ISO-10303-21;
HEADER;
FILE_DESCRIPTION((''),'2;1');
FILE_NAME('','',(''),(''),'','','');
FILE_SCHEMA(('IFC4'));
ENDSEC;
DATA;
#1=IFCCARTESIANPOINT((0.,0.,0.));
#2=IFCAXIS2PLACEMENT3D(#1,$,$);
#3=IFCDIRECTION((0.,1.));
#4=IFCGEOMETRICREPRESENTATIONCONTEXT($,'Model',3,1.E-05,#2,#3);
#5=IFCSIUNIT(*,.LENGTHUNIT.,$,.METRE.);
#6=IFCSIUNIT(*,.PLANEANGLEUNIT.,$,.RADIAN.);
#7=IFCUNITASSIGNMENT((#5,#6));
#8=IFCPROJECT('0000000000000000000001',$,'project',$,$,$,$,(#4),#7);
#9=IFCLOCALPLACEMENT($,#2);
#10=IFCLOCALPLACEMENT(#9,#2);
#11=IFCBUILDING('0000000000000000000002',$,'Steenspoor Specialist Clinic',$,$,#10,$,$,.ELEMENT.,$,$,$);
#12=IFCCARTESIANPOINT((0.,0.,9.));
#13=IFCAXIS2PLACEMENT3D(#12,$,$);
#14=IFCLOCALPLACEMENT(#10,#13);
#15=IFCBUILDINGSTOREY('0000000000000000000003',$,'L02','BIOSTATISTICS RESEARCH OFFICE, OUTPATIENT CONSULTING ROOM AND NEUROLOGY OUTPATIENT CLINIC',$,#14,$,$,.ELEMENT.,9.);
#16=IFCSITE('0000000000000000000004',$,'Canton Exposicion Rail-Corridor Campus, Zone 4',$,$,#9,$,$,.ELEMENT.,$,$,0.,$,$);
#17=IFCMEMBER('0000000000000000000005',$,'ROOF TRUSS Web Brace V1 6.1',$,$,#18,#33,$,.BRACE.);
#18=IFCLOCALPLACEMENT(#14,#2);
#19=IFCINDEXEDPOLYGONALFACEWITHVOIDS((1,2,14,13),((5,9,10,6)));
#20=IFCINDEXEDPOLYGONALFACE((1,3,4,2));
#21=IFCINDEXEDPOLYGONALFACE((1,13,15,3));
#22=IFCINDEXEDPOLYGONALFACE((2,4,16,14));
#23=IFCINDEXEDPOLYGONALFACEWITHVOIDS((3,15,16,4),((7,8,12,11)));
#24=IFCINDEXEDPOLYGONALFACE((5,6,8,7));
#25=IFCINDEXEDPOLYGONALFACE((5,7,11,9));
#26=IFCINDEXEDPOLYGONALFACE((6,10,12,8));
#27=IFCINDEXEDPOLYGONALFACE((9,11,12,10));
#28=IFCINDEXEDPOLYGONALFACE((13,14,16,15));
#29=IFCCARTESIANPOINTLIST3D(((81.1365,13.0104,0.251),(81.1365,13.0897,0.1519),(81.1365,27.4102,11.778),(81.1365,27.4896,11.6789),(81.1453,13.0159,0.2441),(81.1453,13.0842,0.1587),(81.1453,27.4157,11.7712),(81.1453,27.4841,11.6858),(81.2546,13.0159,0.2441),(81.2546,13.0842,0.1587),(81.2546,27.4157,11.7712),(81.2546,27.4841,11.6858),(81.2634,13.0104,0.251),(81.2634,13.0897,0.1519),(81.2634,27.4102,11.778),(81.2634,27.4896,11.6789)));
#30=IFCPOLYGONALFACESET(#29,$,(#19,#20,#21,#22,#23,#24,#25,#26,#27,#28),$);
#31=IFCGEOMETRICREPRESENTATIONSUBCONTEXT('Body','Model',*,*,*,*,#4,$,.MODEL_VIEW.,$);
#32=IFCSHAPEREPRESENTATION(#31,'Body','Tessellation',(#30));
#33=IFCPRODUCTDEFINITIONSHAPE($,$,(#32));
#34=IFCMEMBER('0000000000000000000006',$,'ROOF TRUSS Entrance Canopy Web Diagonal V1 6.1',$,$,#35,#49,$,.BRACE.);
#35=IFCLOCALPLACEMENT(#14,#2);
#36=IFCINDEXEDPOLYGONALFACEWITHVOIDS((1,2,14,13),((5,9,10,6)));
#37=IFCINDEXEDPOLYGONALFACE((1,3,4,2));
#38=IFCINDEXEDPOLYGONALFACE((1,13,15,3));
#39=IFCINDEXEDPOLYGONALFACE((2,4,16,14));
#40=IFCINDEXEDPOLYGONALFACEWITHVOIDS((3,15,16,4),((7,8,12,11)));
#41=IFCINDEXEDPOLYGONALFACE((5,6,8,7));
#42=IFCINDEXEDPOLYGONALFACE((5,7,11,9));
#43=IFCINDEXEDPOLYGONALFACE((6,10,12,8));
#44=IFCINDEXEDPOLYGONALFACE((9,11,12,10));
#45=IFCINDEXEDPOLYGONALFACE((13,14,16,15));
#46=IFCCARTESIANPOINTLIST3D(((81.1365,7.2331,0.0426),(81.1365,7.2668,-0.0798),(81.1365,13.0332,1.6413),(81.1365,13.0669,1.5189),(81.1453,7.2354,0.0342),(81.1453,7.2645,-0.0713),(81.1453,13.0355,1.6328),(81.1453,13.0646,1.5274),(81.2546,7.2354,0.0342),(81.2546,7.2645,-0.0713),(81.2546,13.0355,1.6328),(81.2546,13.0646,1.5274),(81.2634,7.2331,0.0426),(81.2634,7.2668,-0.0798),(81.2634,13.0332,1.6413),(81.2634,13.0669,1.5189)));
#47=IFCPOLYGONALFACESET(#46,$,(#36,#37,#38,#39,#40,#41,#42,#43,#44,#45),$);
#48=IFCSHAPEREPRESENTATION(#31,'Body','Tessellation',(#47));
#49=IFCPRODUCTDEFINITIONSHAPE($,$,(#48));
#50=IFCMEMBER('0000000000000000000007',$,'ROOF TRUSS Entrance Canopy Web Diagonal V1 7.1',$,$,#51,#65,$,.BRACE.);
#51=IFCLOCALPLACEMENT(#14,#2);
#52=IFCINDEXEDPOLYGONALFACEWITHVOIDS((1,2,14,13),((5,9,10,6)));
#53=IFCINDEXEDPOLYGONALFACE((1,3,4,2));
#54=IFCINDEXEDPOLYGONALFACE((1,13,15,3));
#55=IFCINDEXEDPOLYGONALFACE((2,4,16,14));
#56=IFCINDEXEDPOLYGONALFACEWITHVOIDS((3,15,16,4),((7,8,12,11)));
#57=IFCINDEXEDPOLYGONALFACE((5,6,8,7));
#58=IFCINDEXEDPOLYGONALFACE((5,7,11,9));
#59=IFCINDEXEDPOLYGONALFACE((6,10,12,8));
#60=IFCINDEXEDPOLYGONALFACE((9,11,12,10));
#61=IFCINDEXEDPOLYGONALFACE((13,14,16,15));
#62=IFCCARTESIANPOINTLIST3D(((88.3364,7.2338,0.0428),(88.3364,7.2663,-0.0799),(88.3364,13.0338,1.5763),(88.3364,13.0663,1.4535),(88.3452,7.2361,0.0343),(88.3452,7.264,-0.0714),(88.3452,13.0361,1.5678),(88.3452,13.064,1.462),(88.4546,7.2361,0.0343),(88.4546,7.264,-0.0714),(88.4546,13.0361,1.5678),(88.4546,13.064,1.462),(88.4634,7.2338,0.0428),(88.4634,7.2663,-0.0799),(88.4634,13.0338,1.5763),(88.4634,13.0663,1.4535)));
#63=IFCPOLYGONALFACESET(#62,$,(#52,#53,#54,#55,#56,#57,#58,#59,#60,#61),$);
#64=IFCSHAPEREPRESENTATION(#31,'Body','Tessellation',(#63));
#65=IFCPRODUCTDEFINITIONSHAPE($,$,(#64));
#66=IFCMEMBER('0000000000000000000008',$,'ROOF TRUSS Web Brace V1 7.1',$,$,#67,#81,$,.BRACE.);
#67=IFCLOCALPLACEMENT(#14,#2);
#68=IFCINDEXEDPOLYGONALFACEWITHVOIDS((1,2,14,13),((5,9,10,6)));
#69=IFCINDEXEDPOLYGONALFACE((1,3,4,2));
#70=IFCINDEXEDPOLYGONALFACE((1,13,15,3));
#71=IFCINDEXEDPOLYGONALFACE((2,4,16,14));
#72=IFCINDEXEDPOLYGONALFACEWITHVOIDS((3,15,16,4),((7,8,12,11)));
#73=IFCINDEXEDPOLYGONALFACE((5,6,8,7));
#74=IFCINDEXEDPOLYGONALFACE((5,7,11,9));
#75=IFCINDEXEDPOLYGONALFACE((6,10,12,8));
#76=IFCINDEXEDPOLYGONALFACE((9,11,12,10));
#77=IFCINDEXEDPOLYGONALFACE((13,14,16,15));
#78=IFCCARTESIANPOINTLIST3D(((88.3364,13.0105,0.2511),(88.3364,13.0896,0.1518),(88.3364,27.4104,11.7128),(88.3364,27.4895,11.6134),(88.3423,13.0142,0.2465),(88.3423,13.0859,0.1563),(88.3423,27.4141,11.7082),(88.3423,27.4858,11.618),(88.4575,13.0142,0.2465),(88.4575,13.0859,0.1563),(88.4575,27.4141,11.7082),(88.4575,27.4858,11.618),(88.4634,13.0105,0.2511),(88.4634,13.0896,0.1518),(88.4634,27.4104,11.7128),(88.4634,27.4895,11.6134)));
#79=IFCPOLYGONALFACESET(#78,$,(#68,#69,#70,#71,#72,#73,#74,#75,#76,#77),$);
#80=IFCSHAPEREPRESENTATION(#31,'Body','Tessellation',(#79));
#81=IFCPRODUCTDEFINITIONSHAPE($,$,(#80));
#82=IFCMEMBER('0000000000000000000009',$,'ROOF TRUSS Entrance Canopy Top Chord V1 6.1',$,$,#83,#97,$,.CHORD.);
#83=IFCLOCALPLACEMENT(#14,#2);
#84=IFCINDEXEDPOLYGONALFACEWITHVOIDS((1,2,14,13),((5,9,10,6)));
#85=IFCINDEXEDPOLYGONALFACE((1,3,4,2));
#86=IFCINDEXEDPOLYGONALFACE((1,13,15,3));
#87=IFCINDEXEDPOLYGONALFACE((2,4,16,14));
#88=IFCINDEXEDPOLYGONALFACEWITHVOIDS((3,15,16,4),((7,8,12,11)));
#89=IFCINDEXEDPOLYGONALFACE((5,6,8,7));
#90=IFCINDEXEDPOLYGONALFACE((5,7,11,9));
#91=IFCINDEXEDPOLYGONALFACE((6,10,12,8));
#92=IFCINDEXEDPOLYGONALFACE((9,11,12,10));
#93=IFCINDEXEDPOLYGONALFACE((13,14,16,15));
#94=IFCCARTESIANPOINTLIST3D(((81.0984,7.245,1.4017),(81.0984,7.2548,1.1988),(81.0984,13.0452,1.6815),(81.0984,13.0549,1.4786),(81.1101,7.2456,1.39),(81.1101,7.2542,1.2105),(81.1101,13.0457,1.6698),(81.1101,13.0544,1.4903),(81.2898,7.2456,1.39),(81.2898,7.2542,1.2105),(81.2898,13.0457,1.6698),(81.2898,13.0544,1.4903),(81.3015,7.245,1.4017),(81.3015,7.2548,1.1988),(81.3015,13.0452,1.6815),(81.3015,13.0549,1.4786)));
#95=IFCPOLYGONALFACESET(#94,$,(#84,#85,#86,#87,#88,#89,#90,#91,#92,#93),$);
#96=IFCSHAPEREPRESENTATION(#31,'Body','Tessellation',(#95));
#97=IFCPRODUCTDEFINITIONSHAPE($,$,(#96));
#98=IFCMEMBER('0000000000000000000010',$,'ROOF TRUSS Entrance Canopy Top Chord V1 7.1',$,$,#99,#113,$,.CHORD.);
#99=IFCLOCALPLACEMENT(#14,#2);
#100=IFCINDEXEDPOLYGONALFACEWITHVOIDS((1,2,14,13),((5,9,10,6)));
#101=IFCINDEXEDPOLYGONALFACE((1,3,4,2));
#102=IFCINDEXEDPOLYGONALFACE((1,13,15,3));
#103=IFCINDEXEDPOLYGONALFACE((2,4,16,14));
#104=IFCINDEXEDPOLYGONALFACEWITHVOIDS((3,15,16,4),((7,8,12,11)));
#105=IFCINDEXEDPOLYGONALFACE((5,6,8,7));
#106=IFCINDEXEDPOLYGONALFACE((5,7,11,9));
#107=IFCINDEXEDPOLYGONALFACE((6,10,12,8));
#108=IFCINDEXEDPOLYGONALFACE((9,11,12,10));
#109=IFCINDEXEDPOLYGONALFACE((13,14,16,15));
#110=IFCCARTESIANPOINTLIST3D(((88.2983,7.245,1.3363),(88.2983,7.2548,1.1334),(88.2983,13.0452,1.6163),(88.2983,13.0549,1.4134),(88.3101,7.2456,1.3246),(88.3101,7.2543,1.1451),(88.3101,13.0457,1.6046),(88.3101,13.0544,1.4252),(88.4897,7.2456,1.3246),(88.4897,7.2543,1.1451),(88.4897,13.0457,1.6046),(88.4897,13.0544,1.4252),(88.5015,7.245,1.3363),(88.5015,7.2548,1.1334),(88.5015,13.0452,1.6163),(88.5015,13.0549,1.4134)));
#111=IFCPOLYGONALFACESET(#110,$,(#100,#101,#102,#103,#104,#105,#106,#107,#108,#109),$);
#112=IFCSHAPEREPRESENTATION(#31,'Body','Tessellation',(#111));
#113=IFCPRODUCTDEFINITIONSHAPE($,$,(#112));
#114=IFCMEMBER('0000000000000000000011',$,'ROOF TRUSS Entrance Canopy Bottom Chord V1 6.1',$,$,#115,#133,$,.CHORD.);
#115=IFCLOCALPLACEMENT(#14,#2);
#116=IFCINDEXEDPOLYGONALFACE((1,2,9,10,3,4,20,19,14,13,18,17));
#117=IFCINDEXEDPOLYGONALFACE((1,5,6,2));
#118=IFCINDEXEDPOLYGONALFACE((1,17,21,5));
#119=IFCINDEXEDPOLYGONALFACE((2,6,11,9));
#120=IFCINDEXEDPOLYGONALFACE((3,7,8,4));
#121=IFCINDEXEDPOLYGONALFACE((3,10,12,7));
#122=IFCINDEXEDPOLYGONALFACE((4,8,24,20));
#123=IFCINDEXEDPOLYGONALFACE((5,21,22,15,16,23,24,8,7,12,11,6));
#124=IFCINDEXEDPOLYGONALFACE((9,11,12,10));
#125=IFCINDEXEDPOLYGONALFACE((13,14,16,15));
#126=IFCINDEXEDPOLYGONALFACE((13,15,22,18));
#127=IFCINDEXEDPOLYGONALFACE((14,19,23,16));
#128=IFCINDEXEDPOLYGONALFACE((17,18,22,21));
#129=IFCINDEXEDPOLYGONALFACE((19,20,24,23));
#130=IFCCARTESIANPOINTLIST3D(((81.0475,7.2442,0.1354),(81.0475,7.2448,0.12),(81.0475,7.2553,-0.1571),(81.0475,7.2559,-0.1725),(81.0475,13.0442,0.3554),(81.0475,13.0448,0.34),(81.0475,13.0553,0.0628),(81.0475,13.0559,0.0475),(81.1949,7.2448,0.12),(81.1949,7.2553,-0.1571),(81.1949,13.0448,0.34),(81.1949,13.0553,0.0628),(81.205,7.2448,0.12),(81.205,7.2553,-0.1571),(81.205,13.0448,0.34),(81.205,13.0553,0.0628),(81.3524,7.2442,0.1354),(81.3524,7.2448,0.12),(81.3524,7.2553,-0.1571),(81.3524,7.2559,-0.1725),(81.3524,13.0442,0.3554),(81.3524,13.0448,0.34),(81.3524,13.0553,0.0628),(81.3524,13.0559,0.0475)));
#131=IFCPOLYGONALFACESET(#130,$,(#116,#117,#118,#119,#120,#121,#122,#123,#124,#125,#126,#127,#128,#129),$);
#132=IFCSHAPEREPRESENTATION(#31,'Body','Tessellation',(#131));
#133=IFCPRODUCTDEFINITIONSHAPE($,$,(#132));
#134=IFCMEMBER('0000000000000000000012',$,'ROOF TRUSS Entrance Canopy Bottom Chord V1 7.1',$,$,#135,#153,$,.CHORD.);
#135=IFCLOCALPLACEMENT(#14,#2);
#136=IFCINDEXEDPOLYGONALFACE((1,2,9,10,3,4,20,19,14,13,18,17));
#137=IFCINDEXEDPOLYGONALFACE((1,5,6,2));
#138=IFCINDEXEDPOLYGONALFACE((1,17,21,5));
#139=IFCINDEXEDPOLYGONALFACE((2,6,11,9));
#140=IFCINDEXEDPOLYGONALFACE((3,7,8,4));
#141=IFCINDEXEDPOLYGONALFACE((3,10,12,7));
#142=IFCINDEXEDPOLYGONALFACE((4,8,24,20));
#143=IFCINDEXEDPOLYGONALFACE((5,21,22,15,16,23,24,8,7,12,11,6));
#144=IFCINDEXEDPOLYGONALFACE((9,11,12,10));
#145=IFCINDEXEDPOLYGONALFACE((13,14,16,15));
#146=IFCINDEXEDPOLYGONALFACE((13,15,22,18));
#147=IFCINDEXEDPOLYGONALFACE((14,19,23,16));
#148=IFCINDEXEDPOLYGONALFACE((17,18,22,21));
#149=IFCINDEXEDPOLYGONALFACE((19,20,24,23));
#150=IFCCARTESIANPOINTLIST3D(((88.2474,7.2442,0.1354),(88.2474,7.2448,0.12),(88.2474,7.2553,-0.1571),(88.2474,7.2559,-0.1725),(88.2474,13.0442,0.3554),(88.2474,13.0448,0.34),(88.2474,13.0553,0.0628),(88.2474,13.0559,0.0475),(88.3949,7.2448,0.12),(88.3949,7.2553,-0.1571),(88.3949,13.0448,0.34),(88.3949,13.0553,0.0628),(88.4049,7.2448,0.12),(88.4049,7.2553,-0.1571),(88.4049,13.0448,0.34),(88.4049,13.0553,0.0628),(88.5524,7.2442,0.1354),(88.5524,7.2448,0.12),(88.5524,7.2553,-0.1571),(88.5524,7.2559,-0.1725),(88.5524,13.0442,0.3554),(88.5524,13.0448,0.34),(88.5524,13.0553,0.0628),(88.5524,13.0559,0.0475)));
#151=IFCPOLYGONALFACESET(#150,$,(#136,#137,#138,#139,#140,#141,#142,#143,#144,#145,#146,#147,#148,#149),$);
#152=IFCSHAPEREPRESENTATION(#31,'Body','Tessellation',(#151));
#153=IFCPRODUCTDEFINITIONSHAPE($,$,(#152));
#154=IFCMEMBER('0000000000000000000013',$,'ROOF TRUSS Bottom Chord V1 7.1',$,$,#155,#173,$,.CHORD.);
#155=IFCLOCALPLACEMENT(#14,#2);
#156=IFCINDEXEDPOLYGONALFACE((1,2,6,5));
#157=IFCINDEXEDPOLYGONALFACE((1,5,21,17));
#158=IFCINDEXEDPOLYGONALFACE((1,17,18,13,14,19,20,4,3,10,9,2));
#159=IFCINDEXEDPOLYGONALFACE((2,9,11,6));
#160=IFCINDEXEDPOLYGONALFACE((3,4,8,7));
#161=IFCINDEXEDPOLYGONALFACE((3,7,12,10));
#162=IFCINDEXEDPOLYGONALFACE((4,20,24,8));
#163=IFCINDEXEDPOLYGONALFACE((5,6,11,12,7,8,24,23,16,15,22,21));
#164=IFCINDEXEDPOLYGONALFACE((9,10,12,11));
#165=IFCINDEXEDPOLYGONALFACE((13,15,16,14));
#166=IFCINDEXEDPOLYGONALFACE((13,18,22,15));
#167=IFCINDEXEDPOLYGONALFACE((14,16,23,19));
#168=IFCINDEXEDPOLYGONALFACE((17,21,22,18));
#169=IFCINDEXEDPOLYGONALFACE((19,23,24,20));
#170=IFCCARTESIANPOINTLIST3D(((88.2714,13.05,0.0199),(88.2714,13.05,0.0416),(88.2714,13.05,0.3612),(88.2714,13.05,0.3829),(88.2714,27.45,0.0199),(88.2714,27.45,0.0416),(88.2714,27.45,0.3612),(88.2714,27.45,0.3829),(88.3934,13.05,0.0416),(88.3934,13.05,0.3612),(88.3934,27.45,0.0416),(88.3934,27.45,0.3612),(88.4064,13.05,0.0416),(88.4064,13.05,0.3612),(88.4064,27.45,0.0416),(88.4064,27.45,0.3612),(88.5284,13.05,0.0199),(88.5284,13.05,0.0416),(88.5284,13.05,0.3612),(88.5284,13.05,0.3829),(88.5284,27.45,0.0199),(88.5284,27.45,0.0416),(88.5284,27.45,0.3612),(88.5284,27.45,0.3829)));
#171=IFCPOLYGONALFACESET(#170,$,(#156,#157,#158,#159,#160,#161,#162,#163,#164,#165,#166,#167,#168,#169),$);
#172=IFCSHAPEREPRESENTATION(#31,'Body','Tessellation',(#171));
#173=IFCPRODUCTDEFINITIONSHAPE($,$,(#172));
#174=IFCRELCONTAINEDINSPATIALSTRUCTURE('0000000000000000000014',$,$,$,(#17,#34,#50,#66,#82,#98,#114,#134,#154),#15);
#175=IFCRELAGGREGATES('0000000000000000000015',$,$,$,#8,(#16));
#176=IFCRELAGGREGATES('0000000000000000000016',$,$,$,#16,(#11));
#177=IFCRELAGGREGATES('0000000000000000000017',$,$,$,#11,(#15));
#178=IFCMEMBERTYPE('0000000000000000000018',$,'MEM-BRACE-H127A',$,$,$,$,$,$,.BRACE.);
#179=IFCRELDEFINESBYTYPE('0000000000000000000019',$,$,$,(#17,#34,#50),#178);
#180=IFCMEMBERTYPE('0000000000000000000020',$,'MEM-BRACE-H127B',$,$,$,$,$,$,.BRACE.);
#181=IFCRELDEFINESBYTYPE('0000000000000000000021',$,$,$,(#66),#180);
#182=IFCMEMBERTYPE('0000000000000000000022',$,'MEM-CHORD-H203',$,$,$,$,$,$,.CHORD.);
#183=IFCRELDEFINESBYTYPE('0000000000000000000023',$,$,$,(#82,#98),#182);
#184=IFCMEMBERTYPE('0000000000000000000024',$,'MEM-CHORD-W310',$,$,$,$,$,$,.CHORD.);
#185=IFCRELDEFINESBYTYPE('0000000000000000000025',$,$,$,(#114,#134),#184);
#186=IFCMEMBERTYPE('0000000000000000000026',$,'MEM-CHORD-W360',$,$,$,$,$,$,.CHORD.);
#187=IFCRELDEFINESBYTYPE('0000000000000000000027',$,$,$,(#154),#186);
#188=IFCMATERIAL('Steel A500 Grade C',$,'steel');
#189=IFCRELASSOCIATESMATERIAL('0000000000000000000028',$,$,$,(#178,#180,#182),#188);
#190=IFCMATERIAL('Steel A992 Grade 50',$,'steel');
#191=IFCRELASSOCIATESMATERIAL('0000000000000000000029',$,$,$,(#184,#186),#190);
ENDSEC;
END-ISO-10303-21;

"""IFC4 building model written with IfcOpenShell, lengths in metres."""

from ifc_helpers import new_model, si_unit, direction, frame, origin, origin_2d, place, context, subcontext, project, spatial, hollow_rectangle, i_section, extrude, material, material_profile, profile_set, type_object, element, save


model = new_model("IFC4")

# Units and contexts
model_context = context("Model", 3, precision=1e-05, world=origin(), true_north=direction((0.0, 1.0)))
body_context = subcontext(model_context, "Body", "Model", "MODEL_VIEW")
ifc_project = project(units=[si_unit("LENGTHUNIT", "METRE"), si_unit("PLANEANGLEUNIT", "RADIAN")], contexts=[model_context])

# Site, building, storey
site_placement = place(None, origin())
site = spatial("IfcSite", under=ifc_project, at=site_placement, Name="Canton Exposicion Rail-Corridor Campus, Zone 4", CompositionType="ELEMENT", RefElevation=0.0)
building_placement = place(site_placement, origin())
building = spatial("IfcBuilding", under=site, at=building_placement, Name="Steenspoor Specialist Clinic", CompositionType="ELEMENT")
storey_placement = place(building_placement, frame((0.0, 0.0, 9.0)))
storey = spatial("IfcBuildingStorey", under=building, at=storey_placement, Name="L02", Description="BIOSTATISTICS RESEARCH OFFICE, OUTPATIENT CONSULTING ROOM AND NEUROLOGY OUTPATIENT CLINIC", CompositionType="ELEMENT", Elevation=9.0)

# Members
ifc_material_1 = material(Name="Steel A500 Grade C", Category="steel")
ifc_material_profile_1 = material_profile(ifc_material_1, hollow_rectangle(XDim=0.127, YDim=0.127, WallThickness=0.0088, at=origin_2d()), Name="HSS127X127X9.5")
ifc_profile_set_1 = profile_set([ifc_material_profile_1], Name="Steel A500 Grade C")
member_type_1 = type_object("IfcMemberType", Name="MEM-BRACE-H127A", PredefinedType="BRACE", material=ifc_profile_set_1)
member_1_placement = place(storey_placement, frame((81.2, 13.05, 0.2014), z_axis=(0.0, 0.780679, 0.624932), x_axis=(-1.0, 0.0, 0.0)))
element("IfcMember", 1, at=member_1_placement, inside=storey, type_object=member_type_1, Name="ROOF TRUSS Web Brace V1 6.1", PredefinedType="BRACE", context=body_context, shape_type="SweptSolid", body=[
    extrude(hollow_rectangle(XDim=0.127, YDim=0.127, WallThickness=0.0088, at=origin_2d()), origin(), (0.0, 0.0, 1.0), 18.4453),
])
member_2_placement = place(storey_placement, frame((81.2, 13.05, 1.5801), z_axis=(0.0, -0.964051, -0.265716), x_axis=(1.0, 0.0, 0.0)))
element("IfcMember", 2, at=member_2_placement, inside=storey, type_object=member_type_1, Name="ROOF TRUSS Entrance Canopy Web Diagonal V1 6.1", PredefinedType="BRACE", context=body_context, shape_type="SweptSolid", body=[
    extrude(hollow_rectangle(XDim=0.127, YDim=0.127, WallThickness=0.0088, at=origin_2d()), origin(), (0.0, 0.0, 1.0), 6.0164),
])
member_3_placement = place(storey_placement, frame((88.3999, 13.05, 1.5149), z_axis=(0.0, -0.966782, -0.255603), x_axis=(1.0, 0.0, 0.0)))
element("IfcMember", 3, at=member_3_placement, inside=storey, type_object=member_type_1, Name="ROOF TRUSS Entrance Canopy Web Diagonal V1 7.1", PredefinedType="BRACE", context=body_context, shape_type="SweptSolid", body=[
    extrude(hollow_rectangle(XDim=0.127, YDim=0.127, WallThickness=0.0088, at=origin_2d()), origin(), (0.0, 0.0, 1.0), 5.9993),
])
ifc_material_profile_2 = material_profile(ifc_material_1, hollow_rectangle(XDim=0.127, YDim=0.127, WallThickness=0.0059, at=origin_2d()), Name="HSS127X127X6.4")
ifc_profile_set_2 = profile_set([ifc_material_profile_2], Name="Steel A500 Grade C")
member_type_2 = type_object("IfcMemberType", Name="MEM-BRACE-H127B", PredefinedType="BRACE", material=ifc_profile_set_2)
member_4_placement = place(storey_placement, frame((88.3999, 13.05, 0.2014), z_axis=(0.0, 0.78241, 0.622763), x_axis=(-1.0, 0.0, 0.0)))
element("IfcMember", 4, at=member_4_placement, inside=storey, type_object=member_type_2, Name="ROOF TRUSS Web Brace V1 7.1", PredefinedType="BRACE", context=body_context, shape_type="SweptSolid", body=[
    extrude(hollow_rectangle(XDim=0.127, YDim=0.127, WallThickness=0.0059, at=origin_2d()), origin(), (0.0, 0.0, 1.0), 18.4045),
])
ifc_material_profile_3 = material_profile(ifc_material_1, hollow_rectangle(XDim=0.2031, YDim=0.2031, WallThickness=0.0117, at=origin_2d()), Name="HSS203X203X12.7")
ifc_profile_set_3 = profile_set([ifc_material_profile_3], Name="Steel A500 Grade C")
member_type_3 = type_object("IfcMemberType", Name="MEM-CHORD-H203", PredefinedType="CHORD", material=ifc_profile_set_3)
for number, where, z_axis, x_axis, name in (
    (5, (81.2, 13.05, 1.5801), (0.0, -0.998839, -0.048182), (1.0, 0.0, 0.0), "ROOF TRUSS Entrance Canopy Top Chord V1 6.1"),
    (6, (88.3999, 13.05, 1.5149), (0.0, -0.998837, -0.048224), (1.0, 0.0, 0.0), "ROOF TRUSS Entrance Canopy Top Chord V1 7.1"),
):
    element("IfcMember", number, at=place(storey_placement, frame(where, z_axis=z_axis, x_axis=x_axis)), inside=storey, type_object=member_type_3, Name=name, PredefinedType="CHORD", context=body_context, shape_type="SweptSolid", body=[
        extrude(hollow_rectangle(XDim=0.2031, YDim=0.2031, WallThickness=0.0117, at=origin_2d()), origin(), (0.0, 0.0, 1.0), 5.8069),
    ])
ifc_material_2 = material(Name="Steel A992 Grade 50", Category="steel")
ifc_material_profile_4 = material_profile(ifc_material_2, i_section(OverallWidth=0.3049, OverallDepth=0.3081, WebThickness=0.01, FlangeThickness=0.0154, at=origin_2d()), Name="W310X97")
ifc_profile_set_4 = profile_set([ifc_material_profile_4], Name="Steel A992 Grade 50")
member_type_4 = type_object("IfcMemberType", Name="MEM-CHORD-W310", PredefinedType="CHORD", material=ifc_profile_set_4)
for number, where, z_axis, x_axis, name in (
    (7, (81.2, 13.05, 0.2014), (0.0, -0.999282, -0.037898), (1.0, 0.0, 0.0), "ROOF TRUSS Entrance Canopy Bottom Chord V1 6.1"),
    (8, (88.3999, 13.05, 0.2014), (0.0, -0.999282, -0.037898), (1.0, 0.0, 0.0), "ROOF TRUSS Entrance Canopy Bottom Chord V1 7.1"),
):
    element("IfcMember", number, at=place(storey_placement, frame(where, z_axis=z_axis, x_axis=x_axis)), inside=storey, type_object=member_type_4, Name=name, PredefinedType="CHORD", context=body_context, shape_type="SweptSolid", body=[
        extrude(i_section(OverallWidth=0.3049, OverallDepth=0.3081, WebThickness=0.01, FlangeThickness=0.0154, at=origin_2d()), origin(), (0.0, 0.0, 1.0), 5.8042),
    ])
ifc_material_profile_5 = material_profile(ifc_material_2, i_section(OverallWidth=0.2571, OverallDepth=0.363, WebThickness=0.0129, FlangeThickness=0.0217, at=origin_2d()), Name="W360X122")
ifc_profile_set_5 = profile_set([ifc_material_profile_5], Name="Steel A992 Grade 50")
member_type_5 = type_object("IfcMemberType", Name="MEM-CHORD-W360", PredefinedType="CHORD", material=ifc_profile_set_5)
member_5_placement = place(storey_placement, frame((88.3999, 13.05, 0.2014), z_axis=(0.0, 1.0, 0.0), x_axis=(-1.0, 0.0, 0.0)))
element("IfcMember", 9, at=member_5_placement, inside=storey, type_object=member_type_5, Name="ROOF TRUSS Bottom Chord V1 7.1", PredefinedType="CHORD", context=body_context, shape_type="SweptSolid", body=[
    extrude(i_section(OverallWidth=0.2571, OverallDepth=0.363, WebThickness=0.0129, FlangeThickness=0.0217, at=origin_2d()), origin(), (0.0, 0.0, 1.0), 14.3999),
])

save(model, "model.ifc")
